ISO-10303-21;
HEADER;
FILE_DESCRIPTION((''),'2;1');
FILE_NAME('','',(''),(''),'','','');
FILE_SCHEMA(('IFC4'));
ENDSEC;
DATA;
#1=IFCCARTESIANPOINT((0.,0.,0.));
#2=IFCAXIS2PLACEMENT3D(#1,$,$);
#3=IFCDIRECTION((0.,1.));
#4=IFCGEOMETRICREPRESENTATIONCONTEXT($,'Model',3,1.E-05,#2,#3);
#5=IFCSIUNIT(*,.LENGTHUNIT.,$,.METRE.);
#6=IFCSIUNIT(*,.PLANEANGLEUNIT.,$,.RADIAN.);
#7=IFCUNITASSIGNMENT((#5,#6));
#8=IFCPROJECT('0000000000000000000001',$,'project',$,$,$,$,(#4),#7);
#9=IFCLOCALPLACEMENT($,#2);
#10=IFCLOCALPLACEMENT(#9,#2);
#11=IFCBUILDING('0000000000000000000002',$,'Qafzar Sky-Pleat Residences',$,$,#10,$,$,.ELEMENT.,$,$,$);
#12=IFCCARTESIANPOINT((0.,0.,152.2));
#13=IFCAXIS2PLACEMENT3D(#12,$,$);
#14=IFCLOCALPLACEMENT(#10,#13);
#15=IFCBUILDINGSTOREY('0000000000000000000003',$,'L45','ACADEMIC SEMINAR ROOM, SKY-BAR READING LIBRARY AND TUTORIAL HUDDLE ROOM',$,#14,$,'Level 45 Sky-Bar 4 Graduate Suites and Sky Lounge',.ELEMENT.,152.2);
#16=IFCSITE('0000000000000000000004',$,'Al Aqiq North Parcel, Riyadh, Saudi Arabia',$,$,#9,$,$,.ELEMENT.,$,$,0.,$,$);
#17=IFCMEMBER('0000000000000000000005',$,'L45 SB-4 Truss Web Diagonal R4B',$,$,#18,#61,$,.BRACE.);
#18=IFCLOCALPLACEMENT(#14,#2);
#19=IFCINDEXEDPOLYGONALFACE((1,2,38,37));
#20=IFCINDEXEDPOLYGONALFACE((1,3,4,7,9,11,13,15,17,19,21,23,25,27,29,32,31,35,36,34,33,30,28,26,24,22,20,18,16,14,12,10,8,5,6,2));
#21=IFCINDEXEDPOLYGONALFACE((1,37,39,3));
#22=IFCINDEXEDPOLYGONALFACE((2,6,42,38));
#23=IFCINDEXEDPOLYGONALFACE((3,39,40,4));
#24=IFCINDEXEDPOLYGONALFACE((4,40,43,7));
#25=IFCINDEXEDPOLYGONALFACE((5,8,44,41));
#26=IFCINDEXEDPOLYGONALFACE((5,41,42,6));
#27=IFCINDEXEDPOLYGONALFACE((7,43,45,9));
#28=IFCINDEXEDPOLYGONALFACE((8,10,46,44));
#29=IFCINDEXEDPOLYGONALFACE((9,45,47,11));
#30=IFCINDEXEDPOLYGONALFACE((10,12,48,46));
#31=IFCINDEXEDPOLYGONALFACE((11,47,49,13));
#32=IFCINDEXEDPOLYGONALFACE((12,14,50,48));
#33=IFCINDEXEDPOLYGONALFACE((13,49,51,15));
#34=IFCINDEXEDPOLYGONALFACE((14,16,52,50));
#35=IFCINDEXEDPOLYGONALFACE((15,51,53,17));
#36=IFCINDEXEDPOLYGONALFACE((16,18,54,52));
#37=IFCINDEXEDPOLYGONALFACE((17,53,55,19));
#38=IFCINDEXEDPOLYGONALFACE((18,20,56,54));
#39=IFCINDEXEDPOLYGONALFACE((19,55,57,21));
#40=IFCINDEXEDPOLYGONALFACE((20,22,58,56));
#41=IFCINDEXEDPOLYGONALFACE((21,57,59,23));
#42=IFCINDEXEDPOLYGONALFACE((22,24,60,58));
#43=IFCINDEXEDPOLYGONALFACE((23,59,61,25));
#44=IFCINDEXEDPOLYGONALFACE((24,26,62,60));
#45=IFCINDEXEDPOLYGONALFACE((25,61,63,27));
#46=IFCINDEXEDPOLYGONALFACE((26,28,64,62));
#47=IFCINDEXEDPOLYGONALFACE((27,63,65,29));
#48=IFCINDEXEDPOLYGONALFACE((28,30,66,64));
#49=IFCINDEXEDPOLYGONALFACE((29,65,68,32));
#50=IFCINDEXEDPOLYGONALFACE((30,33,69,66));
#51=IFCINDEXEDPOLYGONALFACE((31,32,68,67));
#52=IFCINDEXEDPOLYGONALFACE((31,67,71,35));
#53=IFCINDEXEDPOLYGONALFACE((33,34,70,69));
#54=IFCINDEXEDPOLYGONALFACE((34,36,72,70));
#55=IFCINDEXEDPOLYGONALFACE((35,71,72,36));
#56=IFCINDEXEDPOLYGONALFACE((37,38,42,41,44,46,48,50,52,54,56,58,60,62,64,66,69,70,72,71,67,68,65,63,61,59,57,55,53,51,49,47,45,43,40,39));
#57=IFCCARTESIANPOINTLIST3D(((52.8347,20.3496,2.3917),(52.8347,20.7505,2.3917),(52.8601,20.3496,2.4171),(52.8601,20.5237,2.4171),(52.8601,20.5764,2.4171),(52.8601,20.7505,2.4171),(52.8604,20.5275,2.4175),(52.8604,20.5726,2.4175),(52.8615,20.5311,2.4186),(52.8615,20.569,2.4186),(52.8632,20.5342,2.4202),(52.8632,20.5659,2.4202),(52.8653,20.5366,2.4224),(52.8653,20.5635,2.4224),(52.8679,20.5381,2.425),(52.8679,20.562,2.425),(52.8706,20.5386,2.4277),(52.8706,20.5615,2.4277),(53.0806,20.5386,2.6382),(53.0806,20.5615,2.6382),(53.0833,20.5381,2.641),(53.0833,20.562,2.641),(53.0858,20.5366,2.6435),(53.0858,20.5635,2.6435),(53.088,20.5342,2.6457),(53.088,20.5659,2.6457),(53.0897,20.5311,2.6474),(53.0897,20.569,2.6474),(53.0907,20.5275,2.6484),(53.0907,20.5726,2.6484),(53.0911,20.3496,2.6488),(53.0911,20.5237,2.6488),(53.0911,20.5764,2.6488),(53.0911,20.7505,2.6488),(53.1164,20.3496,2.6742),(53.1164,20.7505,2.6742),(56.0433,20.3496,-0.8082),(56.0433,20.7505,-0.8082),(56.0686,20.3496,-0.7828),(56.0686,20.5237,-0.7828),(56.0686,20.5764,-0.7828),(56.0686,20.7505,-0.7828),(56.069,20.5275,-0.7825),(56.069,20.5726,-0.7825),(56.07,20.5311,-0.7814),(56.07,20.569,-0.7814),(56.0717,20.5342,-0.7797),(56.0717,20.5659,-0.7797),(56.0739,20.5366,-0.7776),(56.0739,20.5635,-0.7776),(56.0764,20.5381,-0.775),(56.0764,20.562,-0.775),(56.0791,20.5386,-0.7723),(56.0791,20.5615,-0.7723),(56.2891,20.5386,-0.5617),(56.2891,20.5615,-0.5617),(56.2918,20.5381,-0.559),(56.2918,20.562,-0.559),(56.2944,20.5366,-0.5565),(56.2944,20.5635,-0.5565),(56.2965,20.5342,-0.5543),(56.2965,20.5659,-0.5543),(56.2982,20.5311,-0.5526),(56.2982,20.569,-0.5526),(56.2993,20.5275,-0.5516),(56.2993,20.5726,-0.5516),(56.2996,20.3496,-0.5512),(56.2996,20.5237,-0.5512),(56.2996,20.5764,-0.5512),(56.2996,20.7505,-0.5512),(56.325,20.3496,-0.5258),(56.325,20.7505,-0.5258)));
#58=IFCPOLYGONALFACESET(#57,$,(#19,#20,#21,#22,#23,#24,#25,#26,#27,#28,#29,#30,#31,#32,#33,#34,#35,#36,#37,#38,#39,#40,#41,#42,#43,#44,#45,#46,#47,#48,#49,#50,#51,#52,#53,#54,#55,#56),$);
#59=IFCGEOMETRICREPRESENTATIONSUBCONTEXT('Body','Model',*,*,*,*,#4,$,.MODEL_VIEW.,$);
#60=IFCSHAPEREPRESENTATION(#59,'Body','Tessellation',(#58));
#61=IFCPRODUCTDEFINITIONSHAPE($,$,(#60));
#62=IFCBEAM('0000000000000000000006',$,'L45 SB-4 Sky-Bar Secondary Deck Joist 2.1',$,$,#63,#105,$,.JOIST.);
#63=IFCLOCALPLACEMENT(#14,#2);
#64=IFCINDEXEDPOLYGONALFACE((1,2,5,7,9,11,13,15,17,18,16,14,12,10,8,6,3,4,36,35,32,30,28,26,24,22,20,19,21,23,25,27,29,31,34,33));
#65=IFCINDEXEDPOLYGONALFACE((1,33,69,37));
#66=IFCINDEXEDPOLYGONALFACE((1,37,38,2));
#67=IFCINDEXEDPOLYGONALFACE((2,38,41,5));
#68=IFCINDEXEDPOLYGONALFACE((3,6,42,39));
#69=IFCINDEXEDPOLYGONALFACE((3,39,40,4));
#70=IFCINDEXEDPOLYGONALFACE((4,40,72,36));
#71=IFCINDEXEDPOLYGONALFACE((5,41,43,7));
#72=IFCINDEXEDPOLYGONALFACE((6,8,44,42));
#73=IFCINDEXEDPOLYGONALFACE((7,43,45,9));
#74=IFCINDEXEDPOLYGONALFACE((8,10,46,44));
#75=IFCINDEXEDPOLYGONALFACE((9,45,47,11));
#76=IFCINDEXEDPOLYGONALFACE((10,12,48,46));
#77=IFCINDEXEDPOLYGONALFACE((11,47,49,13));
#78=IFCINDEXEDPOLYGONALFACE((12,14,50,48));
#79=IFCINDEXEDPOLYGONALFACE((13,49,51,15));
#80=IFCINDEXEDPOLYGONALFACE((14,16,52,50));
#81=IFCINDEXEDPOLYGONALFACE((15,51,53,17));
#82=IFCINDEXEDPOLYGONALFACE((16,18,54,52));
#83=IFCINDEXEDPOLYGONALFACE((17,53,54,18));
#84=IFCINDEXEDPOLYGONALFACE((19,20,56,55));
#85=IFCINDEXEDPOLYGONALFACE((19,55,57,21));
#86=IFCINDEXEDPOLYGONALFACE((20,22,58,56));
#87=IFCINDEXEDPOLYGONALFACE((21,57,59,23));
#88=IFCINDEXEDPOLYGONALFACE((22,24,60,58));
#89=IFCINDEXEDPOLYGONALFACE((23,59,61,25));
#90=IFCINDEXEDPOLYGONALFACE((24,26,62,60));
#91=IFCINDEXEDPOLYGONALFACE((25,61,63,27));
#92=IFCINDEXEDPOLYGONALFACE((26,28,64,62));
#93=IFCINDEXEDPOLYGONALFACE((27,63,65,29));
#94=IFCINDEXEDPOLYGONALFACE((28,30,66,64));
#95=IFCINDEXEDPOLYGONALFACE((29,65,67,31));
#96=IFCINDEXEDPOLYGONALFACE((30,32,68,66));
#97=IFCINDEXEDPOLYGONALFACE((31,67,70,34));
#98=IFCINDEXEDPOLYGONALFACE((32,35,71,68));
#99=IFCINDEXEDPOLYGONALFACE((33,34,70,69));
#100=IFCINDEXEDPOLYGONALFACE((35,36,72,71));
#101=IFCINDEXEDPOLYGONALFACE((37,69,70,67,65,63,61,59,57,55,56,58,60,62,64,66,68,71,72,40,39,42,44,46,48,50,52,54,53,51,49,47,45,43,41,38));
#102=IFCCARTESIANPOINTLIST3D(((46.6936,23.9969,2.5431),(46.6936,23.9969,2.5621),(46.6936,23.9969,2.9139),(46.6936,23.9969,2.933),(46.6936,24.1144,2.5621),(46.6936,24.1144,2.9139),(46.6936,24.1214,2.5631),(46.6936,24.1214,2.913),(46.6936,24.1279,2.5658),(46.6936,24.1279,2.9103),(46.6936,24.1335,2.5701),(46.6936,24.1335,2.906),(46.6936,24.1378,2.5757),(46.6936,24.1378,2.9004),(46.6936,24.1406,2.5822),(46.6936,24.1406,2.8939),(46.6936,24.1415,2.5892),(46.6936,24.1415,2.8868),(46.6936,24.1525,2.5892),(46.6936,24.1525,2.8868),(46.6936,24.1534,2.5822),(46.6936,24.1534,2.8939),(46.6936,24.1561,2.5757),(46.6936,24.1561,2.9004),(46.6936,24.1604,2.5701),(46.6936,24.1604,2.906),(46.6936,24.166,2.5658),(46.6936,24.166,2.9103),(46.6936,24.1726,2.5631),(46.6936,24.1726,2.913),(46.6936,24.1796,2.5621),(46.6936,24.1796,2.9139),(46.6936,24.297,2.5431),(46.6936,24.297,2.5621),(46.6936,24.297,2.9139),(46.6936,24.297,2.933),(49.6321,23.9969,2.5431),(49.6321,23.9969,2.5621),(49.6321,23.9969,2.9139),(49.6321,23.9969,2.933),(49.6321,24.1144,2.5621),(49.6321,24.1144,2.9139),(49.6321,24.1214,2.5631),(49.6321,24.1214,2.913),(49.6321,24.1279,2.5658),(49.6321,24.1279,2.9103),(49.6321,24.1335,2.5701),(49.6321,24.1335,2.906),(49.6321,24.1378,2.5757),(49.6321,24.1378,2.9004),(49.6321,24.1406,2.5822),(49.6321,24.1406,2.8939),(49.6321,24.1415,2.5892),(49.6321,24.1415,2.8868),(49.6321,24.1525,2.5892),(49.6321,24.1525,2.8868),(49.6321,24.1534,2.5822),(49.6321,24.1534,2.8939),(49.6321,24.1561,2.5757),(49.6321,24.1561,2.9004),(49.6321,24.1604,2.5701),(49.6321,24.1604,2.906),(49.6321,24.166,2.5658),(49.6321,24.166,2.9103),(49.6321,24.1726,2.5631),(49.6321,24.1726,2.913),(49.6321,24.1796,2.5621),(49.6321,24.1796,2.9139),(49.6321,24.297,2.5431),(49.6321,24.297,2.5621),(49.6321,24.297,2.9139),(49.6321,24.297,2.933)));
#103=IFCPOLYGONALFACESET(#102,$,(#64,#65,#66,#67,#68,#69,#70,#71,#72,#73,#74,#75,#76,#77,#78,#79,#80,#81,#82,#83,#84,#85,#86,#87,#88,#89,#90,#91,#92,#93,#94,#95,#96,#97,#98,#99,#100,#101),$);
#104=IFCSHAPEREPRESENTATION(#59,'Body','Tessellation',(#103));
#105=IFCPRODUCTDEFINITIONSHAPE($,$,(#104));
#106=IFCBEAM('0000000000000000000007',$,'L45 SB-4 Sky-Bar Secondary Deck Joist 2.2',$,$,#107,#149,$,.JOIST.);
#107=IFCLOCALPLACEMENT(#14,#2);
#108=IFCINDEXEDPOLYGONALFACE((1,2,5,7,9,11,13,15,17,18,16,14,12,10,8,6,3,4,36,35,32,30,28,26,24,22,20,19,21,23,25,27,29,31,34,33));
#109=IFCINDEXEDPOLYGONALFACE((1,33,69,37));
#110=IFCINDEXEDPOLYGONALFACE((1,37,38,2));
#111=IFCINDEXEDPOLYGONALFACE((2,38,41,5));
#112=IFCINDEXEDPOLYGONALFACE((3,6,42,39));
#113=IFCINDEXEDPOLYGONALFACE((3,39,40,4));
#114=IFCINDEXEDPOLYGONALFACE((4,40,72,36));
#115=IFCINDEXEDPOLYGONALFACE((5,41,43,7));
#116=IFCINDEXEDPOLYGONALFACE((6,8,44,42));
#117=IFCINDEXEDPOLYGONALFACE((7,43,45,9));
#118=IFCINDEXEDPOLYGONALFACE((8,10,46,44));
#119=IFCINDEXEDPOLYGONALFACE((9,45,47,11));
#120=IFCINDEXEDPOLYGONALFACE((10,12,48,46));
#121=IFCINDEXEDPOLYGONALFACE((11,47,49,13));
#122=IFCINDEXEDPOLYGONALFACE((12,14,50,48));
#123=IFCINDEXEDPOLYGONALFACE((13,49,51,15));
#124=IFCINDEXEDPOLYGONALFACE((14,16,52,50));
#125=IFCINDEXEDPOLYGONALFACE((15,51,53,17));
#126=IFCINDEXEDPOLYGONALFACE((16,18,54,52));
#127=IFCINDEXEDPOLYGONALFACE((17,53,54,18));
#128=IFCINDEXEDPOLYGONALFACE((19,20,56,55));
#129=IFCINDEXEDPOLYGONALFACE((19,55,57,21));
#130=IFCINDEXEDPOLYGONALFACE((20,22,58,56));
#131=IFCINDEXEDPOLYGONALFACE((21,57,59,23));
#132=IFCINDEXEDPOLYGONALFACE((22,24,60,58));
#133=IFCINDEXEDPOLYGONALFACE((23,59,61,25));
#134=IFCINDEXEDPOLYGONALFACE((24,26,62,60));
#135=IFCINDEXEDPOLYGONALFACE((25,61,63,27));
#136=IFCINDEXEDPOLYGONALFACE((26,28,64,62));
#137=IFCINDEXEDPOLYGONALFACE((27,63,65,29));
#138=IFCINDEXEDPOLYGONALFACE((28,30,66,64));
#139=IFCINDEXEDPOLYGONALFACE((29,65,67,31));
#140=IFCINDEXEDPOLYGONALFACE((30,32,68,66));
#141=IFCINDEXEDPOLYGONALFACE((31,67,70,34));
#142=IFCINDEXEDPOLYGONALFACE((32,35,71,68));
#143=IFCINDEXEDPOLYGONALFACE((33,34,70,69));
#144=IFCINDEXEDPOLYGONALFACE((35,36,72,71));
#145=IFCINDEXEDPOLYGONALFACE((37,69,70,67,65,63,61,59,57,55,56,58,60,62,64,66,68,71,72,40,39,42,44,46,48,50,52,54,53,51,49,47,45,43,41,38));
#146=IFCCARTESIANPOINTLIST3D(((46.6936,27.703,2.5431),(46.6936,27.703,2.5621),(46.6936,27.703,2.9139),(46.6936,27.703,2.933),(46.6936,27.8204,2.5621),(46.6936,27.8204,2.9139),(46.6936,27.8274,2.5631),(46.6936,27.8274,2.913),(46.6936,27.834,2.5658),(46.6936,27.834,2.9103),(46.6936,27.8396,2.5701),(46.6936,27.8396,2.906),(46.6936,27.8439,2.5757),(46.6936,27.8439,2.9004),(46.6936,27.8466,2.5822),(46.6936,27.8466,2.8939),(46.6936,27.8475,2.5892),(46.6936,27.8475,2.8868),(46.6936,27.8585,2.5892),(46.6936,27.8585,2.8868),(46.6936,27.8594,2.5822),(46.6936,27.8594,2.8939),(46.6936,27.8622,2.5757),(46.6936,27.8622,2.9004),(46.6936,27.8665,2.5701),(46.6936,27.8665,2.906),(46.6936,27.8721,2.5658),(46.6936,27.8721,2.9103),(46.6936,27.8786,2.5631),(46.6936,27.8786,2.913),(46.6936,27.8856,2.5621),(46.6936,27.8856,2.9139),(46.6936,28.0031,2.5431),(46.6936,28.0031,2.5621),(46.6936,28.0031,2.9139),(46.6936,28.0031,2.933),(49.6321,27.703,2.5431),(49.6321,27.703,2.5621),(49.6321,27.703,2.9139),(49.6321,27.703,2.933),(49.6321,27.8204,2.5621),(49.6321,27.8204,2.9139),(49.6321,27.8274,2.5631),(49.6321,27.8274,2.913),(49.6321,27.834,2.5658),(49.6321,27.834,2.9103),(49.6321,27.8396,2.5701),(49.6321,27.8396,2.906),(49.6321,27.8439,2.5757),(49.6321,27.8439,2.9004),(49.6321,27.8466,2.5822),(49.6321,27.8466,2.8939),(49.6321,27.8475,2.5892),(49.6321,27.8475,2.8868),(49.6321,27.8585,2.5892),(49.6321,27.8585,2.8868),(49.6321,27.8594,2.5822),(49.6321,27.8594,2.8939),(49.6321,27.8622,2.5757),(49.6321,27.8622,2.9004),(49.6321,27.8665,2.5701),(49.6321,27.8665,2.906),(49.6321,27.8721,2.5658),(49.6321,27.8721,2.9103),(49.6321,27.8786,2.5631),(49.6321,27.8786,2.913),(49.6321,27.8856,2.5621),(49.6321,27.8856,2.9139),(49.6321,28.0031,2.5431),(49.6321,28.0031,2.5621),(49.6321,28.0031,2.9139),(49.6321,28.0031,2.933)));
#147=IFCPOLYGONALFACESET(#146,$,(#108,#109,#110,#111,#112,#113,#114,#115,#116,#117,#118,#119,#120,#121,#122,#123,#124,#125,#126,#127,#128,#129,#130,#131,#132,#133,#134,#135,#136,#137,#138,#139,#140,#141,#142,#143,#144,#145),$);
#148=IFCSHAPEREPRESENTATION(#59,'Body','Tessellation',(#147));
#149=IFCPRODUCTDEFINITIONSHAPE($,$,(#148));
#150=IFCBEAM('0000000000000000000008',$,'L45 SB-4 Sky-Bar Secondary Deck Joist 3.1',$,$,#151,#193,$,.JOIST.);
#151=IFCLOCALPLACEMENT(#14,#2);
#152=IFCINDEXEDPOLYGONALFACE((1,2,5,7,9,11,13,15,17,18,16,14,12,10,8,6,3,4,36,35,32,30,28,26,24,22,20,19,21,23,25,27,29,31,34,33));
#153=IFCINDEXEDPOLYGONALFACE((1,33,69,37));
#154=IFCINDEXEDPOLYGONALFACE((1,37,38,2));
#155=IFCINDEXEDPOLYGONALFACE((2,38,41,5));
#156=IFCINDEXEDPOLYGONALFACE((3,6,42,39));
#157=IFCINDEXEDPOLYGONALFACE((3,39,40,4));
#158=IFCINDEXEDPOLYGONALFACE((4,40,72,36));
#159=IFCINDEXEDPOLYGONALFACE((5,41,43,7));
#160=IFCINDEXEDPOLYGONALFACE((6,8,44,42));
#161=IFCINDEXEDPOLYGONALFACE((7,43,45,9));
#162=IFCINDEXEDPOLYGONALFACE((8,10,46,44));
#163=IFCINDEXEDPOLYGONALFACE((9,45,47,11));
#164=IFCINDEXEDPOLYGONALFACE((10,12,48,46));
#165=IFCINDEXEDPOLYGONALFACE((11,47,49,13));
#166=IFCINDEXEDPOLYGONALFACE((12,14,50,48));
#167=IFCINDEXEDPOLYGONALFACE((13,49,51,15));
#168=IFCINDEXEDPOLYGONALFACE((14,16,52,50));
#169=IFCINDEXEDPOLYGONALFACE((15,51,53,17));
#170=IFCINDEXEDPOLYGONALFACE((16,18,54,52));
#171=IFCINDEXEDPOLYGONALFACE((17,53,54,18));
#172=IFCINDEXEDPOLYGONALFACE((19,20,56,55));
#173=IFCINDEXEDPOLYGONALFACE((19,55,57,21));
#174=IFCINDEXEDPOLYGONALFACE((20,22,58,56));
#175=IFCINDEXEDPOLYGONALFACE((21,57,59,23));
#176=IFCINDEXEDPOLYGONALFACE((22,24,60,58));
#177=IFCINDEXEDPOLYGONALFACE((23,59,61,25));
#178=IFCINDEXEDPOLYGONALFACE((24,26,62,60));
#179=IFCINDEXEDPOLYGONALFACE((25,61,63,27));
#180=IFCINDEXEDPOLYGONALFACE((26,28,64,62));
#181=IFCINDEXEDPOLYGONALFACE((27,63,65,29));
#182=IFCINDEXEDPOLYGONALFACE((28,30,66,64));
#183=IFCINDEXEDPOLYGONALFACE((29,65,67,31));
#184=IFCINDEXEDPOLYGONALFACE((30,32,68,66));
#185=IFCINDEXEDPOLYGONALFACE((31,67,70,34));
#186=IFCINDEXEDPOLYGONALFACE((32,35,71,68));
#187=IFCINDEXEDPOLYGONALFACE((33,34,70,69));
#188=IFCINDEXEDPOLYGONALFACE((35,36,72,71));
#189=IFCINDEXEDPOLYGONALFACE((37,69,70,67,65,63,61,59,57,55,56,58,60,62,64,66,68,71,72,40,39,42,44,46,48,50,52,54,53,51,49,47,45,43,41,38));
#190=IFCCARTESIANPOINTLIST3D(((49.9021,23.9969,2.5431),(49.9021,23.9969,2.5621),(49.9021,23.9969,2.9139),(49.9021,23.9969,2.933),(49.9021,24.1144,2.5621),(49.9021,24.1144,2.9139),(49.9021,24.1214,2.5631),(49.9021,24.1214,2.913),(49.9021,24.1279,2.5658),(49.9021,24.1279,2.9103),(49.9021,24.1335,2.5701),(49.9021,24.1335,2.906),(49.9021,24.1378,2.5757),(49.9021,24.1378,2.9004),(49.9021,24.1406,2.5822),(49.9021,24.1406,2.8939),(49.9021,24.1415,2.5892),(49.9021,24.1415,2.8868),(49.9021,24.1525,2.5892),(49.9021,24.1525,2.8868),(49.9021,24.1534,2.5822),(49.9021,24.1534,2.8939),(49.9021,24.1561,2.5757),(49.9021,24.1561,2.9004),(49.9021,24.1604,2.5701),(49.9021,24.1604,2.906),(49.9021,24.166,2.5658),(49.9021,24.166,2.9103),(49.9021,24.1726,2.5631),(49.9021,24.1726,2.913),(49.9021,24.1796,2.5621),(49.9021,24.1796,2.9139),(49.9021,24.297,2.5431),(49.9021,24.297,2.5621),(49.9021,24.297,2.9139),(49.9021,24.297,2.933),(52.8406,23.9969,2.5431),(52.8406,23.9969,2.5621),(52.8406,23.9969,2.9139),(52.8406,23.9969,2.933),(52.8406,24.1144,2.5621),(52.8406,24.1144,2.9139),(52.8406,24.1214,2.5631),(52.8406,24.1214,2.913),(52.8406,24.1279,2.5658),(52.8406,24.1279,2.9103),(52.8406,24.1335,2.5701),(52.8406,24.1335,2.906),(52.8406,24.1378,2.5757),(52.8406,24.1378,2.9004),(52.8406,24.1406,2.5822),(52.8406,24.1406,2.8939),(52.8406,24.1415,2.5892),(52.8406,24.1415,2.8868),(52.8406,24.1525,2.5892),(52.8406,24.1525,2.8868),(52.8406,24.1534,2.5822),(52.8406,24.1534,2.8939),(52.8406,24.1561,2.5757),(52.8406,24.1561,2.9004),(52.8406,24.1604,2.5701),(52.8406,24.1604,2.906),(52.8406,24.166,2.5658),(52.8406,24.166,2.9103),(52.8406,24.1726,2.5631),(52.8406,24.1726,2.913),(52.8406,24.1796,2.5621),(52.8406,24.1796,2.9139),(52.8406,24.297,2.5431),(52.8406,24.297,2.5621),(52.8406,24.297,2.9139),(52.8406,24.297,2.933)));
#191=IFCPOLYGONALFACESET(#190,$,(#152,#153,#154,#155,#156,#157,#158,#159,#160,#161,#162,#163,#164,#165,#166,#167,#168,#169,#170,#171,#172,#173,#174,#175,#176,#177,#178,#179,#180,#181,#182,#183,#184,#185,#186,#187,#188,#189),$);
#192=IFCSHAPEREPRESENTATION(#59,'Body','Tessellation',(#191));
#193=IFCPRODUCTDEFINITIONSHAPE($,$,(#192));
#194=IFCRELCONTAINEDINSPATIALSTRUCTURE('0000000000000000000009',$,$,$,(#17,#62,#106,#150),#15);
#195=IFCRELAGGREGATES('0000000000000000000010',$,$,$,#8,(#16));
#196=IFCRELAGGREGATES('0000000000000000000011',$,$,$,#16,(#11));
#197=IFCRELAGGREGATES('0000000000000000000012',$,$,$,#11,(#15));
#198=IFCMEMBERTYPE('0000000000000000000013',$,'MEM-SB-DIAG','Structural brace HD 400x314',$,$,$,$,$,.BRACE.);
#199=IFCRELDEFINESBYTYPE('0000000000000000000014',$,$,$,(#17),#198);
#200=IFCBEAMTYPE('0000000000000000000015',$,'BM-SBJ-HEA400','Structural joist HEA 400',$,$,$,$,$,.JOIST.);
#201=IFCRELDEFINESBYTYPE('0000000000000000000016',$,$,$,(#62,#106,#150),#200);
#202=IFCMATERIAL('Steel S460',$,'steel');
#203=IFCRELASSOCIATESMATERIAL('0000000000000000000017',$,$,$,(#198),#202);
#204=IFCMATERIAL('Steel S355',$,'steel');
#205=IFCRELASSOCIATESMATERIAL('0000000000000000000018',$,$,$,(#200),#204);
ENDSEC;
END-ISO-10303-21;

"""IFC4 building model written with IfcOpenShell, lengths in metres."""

from ifc_helpers import new_model, si_unit, direction, frame, origin, origin_2d, place, context, subcontext, project, spatial, i_section, extrude, source, transform, mapped, material, material_profile, profile_set, type_object, element, save


model = new_model("IFC4")

# Units and contexts
model_context = context("Model", 3, precision=1e-05, world=origin(), true_north=direction((0.0, 1.0)))
body_context = subcontext(model_context, "Body", "Model", "MODEL_VIEW")
ifc_project = project(units=[si_unit("LENGTHUNIT", "METRE"), si_unit("PLANEANGLEUNIT", "RADIAN")], contexts=[model_context])

# Site, building, storey
site_placement = place(None, origin())
site = spatial("IfcSite", under=ifc_project, at=site_placement, Name="Al Aqiq North Parcel, Riyadh, Saudi Arabia", CompositionType="ELEMENT", RefElevation=0.0)
building_placement = place(site_placement, origin())
building = spatial("IfcBuilding", under=site, at=building_placement, Name="Qafzar Sky-Pleat Residences", CompositionType="ELEMENT")
storey_placement = place(building_placement, frame((0.0, 0.0, 152.2)))
storey = spatial("IfcBuildingStorey", under=building, at=storey_placement, Name="L45", Description="ACADEMIC SEMINAR ROOM, SKY-BAR READING LIBRARY AND TUTORIAL HUDDLE ROOM", LongName="Level 45 Sky-Bar 4 Graduate Suites and Sky Lounge", CompositionType="ELEMENT", Elevation=152.2)

# Shared definitions
ifc_material_1 = material(Name="Steel S355", Category="steel")

# Shared definitions
ifc_material_2 = material(Name="Steel S460", Category="steel")

# Member
ifc_material_profile_1 = material_profile(ifc_material_2, i_section(OverallWidth=0.4009, OverallDepth=0.3989, WebThickness=0.0229, FlangeThickness=0.0359, FilletRadius=0.0149, at=origin_2d()), Name="HD 400x314")
ifc_profile_set_1 = profile_set([ifc_material_profile_1], Name="Steel S460")
member_type = type_object("IfcMemberType", Name="MEM-SB-DIAG", Description="Structural brace HD 400x314", PredefinedType="BRACE", material=ifc_profile_set_1)
shared_shape_1 = source(origin(), body_context, "Body", "SweptSolid", [
    extrude(i_section(OverallWidth=0.4009, OverallDepth=0.3989, WebThickness=0.0229, FlangeThickness=0.0359, FilletRadius=0.0149, at=origin_2d()), origin(), (0.0, 0.0, 1.0), 4.5315),
])
for number, where, z_axis, x_axis, name in (
    (1, (52.9756, 20.55, 2.533), (0.708049, 0.0, -0.706163), (0.0, 1.0, 0.0), "L45 SB-4 Truss Web Diagonal R4B"),
):
    element("IfcMember", number, at=place(storey_placement, frame(where, z_axis=z_axis, x_axis=x_axis)), inside=storey, type_object=member_type, Name=name, PredefinedType="BRACE", context=body_context, shape_type="MappedRepresentation", body=[
        mapped(shared_shape_1, transform((0.0, 0.0, 0.0), x_axis=(1.0, 0.0, 0.0), y_axis=(0.0, 1.0, 0.0), z_axis=(0.0, 0.0, 1.0), scale=1.0)),
    ])

# Beams
ifc_material_profile_2 = material_profile(ifc_material_1, i_section(OverallWidth=0.3, OverallDepth=0.3899, WebThickness=0.011, FlangeThickness=0.019, FilletRadius=0.0271, at=origin_2d()), Name="HEA 400")
ifc_profile_set_2 = profile_set([ifc_material_profile_2], Name="Steel S355")
beam_type_1 = type_object("IfcBeamType", Name="BM-SBJ-HEA400", Description="Structural joist HEA 400", PredefinedType="JOIST", material=ifc_profile_set_2)
shared_shape_2 = source(origin(), body_context, "Body", "SweptSolid", [
    extrude(i_section(OverallWidth=0.3, OverallDepth=0.3899, WebThickness=0.011, FlangeThickness=0.019, FilletRadius=0.0271, at=origin_2d()), origin(), (0.0, 0.0, 1.0), 2.9385),
])
for number, where, z_axis, x_axis, name in (
    (2, (46.6936, 24.147, 2.738), (1.0, 0.0, 0.0), (0.0, 1.0, 0.0), "L45 SB-4 Sky-Bar Secondary Deck Joist 2.1"),
    (3, (46.6936, 27.853, 2.738), (1.0, 0.0, 0.0), (0.0, 1.0, 0.0), "L45 SB-4 Sky-Bar Secondary Deck Joist 2.2"),
    (4, (49.9021, 24.147, 2.738), (1.0, 0.0, 0.0), (0.0, 1.0, 0.0), "L45 SB-4 Sky-Bar Secondary Deck Joist 3.1"),
):
    element("IfcBeam", number, at=place(storey_placement, frame(where, z_axis=z_axis, x_axis=x_axis)), inside=storey, type_object=beam_type_1, Name=name, PredefinedType="JOIST", context=body_context, shape_type="MappedRepresentation", body=[
        mapped(shared_shape_2, transform((0.0, 0.0, 0.0), x_axis=(1.0, 0.0, 0.0), y_axis=(0.0, 1.0, 0.0), z_axis=(0.0, 0.0, 1.0), scale=1.0)),
    ])

save(model, "model.ifc")
